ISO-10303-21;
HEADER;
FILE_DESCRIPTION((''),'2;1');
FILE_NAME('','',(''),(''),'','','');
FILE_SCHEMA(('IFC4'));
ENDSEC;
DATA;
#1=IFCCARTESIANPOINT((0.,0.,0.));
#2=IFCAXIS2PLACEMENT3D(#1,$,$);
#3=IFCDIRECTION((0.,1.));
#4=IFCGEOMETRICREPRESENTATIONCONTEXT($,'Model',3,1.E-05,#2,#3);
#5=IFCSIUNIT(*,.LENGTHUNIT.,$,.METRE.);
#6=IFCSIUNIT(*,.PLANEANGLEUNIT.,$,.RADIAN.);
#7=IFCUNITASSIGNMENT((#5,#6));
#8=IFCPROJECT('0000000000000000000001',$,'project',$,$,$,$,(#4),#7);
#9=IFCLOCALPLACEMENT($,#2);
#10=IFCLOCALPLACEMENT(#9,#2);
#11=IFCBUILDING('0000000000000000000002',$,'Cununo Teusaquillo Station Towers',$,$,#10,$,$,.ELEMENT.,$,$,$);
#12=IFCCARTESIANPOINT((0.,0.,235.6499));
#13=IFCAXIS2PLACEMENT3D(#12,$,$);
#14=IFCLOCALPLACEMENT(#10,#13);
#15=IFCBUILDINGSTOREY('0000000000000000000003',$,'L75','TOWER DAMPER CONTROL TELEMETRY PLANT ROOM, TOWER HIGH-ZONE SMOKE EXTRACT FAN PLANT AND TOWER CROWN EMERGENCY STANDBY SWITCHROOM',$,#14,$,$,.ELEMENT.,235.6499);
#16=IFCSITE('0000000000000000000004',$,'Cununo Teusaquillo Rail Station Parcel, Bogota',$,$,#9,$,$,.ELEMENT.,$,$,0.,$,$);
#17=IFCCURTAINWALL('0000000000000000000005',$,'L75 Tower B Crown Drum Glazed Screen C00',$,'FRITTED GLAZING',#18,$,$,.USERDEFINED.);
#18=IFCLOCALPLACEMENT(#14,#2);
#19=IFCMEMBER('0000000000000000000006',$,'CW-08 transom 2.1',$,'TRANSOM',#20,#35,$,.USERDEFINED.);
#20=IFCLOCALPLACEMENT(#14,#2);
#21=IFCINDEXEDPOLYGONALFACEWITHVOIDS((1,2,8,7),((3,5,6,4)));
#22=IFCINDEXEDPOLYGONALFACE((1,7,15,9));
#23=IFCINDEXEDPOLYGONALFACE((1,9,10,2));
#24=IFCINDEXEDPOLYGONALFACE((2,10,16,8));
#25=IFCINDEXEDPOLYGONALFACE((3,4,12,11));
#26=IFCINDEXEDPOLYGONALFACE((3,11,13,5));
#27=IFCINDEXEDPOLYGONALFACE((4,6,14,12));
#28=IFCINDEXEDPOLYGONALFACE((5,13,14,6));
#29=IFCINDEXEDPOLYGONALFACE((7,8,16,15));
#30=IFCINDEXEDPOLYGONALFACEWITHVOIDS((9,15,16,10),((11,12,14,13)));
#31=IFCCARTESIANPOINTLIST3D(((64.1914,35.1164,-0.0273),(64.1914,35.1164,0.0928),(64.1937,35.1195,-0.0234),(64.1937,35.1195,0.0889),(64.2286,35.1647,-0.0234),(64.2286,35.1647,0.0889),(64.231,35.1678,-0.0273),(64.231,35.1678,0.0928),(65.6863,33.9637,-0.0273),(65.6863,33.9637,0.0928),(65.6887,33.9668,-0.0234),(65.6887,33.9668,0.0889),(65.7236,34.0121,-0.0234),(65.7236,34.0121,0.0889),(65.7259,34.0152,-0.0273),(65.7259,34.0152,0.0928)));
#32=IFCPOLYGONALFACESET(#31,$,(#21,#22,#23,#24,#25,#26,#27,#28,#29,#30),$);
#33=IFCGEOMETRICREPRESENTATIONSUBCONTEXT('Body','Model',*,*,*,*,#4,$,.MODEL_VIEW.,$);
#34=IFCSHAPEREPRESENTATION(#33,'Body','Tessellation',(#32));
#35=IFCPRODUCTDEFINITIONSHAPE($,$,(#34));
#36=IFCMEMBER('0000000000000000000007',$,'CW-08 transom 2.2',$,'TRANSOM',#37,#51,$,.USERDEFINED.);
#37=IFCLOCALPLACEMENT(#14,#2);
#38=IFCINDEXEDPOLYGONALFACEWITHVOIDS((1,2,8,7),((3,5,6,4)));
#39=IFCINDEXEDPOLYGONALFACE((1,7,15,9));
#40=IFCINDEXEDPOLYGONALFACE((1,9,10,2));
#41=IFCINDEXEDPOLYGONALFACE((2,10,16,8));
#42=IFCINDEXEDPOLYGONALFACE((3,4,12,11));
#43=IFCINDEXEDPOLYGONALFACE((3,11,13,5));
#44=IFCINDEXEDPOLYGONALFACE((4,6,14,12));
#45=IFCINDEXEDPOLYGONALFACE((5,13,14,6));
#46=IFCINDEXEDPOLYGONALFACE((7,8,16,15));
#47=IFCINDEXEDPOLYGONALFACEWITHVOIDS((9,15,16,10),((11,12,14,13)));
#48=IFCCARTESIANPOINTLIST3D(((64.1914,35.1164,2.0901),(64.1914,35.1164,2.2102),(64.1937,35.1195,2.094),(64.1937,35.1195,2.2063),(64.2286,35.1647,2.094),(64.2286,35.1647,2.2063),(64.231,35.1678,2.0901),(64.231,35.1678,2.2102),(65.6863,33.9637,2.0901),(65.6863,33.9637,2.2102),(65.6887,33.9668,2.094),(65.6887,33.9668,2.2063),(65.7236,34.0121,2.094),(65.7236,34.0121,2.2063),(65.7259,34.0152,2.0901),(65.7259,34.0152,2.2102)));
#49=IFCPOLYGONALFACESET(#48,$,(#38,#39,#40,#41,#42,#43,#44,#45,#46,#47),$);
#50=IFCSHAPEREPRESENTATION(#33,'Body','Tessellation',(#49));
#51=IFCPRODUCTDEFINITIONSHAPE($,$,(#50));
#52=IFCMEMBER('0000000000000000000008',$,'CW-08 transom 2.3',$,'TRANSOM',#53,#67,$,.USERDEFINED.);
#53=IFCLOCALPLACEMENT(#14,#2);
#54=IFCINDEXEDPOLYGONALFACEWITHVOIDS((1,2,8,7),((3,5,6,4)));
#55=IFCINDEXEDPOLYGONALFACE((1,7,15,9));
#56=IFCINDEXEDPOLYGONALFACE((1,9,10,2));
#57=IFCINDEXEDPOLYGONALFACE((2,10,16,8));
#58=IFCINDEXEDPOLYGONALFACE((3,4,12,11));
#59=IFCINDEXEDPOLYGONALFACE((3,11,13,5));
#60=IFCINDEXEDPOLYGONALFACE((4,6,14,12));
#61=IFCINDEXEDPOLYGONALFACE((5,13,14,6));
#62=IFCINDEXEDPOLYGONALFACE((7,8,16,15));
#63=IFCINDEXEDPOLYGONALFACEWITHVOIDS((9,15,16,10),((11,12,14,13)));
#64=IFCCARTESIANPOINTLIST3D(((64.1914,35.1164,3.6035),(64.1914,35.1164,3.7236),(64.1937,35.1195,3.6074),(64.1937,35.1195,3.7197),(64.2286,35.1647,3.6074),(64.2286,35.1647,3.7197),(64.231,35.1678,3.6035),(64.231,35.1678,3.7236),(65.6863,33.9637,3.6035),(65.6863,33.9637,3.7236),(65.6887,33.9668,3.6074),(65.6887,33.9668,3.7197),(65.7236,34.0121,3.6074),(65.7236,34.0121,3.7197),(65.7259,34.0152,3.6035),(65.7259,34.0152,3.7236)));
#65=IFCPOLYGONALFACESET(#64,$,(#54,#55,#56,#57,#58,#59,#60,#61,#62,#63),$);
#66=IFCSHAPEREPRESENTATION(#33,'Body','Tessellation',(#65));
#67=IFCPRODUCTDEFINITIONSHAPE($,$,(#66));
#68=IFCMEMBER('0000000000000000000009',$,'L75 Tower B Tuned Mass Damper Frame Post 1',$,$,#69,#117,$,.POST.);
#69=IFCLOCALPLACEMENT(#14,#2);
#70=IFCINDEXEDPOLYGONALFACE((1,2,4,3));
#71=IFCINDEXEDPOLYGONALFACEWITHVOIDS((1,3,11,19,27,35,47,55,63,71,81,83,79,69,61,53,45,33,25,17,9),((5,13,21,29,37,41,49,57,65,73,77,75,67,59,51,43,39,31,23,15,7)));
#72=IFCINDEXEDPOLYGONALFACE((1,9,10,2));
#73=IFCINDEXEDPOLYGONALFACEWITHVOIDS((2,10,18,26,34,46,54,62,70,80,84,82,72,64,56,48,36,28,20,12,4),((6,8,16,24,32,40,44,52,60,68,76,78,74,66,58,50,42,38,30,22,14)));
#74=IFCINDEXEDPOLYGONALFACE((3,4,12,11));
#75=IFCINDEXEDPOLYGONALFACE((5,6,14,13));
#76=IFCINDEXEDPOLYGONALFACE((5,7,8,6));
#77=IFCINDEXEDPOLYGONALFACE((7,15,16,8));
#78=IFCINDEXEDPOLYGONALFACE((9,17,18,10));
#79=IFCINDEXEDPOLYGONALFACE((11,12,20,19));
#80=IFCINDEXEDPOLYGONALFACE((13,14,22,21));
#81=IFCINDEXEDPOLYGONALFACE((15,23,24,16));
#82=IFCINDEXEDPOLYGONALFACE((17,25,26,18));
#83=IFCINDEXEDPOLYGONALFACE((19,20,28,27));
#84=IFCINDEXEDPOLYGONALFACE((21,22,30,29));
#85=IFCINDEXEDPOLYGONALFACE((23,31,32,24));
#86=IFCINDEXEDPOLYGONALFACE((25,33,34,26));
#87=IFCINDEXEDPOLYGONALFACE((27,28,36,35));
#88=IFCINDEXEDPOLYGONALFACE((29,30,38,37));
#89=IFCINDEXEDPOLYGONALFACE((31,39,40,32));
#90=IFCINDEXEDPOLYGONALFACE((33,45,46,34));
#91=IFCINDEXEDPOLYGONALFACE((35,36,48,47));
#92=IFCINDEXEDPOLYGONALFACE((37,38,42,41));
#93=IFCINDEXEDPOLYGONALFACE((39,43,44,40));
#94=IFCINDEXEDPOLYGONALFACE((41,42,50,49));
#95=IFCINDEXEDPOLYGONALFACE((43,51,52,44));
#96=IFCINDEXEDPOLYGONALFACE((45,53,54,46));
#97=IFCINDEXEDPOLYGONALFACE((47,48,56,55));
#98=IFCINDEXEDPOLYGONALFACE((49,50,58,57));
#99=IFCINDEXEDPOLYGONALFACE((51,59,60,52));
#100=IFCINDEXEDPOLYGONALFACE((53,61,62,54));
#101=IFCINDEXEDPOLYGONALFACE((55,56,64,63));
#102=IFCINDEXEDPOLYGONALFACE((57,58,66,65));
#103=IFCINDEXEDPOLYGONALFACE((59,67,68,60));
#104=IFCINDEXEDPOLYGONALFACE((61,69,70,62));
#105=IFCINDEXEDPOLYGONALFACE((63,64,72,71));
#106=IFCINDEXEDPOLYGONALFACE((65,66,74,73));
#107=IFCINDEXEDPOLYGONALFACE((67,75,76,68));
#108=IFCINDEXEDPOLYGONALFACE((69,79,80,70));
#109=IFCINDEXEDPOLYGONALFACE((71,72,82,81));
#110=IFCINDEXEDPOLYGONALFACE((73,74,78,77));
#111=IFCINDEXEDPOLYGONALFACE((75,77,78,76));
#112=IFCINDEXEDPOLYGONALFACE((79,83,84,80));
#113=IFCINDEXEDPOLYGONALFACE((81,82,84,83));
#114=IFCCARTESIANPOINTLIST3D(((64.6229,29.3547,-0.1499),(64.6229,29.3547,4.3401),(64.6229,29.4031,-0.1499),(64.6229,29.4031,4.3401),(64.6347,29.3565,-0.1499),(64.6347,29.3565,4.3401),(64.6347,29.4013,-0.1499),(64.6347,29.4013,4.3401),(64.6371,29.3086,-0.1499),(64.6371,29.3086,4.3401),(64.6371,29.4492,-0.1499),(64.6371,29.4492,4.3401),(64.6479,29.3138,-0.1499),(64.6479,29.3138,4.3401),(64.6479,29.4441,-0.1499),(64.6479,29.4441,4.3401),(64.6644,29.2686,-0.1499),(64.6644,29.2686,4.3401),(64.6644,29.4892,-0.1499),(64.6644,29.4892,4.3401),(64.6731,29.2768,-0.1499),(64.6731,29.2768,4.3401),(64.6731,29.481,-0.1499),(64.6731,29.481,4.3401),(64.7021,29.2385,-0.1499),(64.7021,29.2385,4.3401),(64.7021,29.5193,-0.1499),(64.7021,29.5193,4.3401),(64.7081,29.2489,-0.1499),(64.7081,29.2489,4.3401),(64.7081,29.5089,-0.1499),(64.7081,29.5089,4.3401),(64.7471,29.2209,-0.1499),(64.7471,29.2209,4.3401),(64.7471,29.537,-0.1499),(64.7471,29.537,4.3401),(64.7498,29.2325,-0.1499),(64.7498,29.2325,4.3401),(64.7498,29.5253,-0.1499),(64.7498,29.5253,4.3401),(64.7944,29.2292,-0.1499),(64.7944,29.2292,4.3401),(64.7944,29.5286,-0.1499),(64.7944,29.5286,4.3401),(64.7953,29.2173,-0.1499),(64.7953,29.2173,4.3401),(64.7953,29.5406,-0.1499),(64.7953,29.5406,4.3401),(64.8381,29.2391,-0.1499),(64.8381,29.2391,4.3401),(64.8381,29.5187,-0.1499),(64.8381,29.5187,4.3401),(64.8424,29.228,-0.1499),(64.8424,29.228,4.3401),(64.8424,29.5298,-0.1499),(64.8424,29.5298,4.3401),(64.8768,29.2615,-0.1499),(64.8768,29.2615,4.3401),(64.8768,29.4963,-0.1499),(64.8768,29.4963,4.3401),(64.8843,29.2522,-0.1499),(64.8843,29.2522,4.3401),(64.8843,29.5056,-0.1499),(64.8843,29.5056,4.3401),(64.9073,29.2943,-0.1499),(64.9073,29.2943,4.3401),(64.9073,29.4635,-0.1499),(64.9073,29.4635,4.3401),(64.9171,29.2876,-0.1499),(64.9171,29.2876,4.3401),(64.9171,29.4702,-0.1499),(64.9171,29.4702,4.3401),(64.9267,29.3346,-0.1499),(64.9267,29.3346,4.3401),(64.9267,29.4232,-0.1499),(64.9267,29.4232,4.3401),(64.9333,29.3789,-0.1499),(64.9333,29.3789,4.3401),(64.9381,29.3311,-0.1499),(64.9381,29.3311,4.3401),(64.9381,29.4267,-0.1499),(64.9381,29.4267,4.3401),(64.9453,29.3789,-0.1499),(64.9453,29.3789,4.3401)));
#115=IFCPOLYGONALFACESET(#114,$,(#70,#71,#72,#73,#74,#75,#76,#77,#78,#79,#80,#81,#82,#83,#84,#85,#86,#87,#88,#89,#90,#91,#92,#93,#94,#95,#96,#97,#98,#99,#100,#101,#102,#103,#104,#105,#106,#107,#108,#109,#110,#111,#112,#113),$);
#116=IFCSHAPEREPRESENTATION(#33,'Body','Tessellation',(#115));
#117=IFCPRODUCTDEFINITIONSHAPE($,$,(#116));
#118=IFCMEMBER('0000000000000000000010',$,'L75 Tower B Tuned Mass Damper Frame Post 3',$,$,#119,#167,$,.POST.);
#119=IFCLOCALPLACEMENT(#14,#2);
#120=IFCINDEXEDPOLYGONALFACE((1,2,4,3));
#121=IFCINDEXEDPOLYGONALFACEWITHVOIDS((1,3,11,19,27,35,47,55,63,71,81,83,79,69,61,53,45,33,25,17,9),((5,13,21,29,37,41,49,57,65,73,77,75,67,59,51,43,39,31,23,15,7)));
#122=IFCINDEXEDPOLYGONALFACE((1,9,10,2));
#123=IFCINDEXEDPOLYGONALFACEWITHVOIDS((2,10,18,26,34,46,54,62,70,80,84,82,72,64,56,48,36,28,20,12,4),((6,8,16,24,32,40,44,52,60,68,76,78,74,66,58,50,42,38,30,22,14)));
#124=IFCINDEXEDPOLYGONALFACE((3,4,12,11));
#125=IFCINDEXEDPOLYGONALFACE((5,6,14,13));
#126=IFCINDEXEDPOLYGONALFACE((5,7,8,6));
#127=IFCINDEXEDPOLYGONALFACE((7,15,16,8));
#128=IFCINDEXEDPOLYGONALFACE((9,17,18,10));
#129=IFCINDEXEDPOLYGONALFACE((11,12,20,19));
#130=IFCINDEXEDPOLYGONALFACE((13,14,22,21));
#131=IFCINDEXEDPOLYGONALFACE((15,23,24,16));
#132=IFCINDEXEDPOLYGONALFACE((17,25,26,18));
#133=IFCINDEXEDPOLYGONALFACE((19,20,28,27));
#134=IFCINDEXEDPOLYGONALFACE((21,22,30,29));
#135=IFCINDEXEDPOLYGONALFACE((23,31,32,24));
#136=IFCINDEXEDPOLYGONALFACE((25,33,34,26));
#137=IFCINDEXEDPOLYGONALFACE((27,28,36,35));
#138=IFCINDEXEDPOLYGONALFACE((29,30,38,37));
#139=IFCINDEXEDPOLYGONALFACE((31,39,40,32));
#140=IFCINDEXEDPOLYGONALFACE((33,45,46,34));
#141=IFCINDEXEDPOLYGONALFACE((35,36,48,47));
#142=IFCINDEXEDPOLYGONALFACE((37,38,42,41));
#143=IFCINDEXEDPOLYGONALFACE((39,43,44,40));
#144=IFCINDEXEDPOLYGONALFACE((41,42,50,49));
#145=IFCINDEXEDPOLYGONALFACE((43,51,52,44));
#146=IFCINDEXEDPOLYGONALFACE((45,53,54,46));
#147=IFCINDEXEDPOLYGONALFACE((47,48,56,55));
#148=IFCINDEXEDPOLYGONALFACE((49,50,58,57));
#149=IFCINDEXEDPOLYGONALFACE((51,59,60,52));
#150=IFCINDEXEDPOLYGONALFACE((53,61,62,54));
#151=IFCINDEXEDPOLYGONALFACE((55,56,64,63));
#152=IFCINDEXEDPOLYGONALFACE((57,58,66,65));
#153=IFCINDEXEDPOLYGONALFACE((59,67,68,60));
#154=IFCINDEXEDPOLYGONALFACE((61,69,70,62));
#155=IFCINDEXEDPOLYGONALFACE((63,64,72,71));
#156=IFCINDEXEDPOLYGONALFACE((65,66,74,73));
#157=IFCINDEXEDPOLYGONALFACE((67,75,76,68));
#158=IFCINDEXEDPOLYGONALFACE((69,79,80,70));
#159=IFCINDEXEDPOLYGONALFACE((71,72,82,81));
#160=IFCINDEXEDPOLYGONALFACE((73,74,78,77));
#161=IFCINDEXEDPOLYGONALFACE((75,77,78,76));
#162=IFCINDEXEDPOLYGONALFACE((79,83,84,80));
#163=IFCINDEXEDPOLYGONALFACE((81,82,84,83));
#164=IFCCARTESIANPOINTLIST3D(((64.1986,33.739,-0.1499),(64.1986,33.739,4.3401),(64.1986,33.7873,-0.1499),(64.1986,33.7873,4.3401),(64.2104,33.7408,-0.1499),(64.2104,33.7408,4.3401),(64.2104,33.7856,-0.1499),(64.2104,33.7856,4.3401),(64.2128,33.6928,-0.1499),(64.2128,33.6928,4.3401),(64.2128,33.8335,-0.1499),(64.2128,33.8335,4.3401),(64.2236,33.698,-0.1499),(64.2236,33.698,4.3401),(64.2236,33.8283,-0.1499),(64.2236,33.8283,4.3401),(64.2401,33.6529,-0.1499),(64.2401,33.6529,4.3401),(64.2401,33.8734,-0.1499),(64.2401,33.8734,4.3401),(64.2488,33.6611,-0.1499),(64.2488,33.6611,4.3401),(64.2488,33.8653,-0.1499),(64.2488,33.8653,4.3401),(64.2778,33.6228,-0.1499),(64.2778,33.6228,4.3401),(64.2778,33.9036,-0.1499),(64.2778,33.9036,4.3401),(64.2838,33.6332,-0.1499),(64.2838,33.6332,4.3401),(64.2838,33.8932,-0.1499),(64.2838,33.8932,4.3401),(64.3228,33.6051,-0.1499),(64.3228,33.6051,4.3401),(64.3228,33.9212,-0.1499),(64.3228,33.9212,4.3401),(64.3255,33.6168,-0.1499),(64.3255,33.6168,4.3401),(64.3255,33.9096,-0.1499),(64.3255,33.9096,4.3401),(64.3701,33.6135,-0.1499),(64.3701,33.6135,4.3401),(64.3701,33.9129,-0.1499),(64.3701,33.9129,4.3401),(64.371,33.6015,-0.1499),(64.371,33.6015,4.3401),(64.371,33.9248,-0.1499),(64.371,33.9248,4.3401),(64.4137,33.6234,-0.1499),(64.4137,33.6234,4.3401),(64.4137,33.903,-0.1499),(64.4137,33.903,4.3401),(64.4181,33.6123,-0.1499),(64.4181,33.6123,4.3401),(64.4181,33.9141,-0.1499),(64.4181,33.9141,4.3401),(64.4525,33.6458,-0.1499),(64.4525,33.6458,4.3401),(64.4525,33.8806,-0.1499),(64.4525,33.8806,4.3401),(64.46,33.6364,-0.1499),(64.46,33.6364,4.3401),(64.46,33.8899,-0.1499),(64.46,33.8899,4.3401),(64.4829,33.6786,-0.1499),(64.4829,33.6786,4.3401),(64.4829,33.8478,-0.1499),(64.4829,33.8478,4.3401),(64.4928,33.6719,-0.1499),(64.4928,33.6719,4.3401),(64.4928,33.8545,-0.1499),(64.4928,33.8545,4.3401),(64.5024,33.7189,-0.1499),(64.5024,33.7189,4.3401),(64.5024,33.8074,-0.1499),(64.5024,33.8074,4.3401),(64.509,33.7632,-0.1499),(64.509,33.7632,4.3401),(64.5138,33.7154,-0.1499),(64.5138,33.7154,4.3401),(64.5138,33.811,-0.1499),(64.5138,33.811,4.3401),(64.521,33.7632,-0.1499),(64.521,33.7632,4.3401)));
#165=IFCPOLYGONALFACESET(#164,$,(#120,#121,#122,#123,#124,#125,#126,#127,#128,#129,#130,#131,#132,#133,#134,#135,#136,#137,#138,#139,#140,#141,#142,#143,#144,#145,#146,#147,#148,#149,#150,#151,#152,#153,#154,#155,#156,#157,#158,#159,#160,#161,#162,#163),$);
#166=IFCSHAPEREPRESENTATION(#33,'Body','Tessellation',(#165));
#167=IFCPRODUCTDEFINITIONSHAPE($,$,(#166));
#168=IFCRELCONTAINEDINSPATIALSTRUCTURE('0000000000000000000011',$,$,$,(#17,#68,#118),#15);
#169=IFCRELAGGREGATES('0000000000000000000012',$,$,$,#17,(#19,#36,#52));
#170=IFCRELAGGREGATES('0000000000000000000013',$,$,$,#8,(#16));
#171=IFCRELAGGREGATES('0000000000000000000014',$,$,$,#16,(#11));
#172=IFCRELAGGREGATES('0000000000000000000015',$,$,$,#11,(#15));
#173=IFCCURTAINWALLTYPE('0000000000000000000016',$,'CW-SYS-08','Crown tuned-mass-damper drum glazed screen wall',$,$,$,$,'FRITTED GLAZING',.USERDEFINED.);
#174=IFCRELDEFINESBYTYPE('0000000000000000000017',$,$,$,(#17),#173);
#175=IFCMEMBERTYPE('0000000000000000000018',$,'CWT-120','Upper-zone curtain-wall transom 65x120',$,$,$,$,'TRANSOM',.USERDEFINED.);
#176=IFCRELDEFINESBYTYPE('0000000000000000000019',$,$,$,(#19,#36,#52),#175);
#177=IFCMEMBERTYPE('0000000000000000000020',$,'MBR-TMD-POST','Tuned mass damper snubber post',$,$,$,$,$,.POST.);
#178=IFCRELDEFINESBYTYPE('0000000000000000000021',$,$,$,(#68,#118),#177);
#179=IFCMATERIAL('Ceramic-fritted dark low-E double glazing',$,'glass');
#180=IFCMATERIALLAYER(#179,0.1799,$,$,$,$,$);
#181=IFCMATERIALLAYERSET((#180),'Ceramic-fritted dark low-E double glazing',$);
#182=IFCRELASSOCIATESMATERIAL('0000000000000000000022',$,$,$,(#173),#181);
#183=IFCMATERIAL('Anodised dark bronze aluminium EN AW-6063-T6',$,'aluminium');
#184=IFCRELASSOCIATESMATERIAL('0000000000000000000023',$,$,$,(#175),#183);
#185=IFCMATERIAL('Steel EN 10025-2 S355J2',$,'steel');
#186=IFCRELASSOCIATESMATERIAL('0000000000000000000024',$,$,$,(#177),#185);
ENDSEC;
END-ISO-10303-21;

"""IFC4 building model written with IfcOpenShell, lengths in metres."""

from ifc_helpers import new_model, si_unit, direction, frame, origin, origin_2d, place, context, subcontext, project, spatial, hollow_rectangle, hollow_circle, extrude, material, layer, layer_set, material_profile, profile_set, type_object, element, aggregate, save


model = new_model("IFC4")

# Units and contexts
model_context = context("Model", 3, precision=1e-05, world=origin(), true_north=direction((0.0, 1.0)))
body_context = subcontext(model_context, "Body", "Model", "MODEL_VIEW")
ifc_project = project(units=[si_unit("LENGTHUNIT", "METRE"), si_unit("PLANEANGLEUNIT", "RADIAN")], contexts=[model_context])

# Site, building, storey
site_placement = place(None, origin())
site = spatial("IfcSite", under=ifc_project, at=site_placement, Name="Cununo Teusaquillo Rail Station Parcel, Bogota", CompositionType="ELEMENT", RefElevation=0.0)
building_placement = place(site_placement, origin())
building = spatial("IfcBuilding", under=site, at=building_placement, Name="Cununo Teusaquillo Station Towers", CompositionType="ELEMENT")
storey_placement = place(building_placement, frame((0.0, 0.0, 235.6499)))
storey = spatial("IfcBuildingStorey", under=building, at=storey_placement, Name="L75", Description="TOWER DAMPER CONTROL TELEMETRY PLANT ROOM, TOWER HIGH-ZONE SMOKE EXTRACT FAN PLANT AND TOWER CROWN EMERGENCY STANDBY SWITCHROOM", CompositionType="ELEMENT", Elevation=235.6499)

# Curtain wall, members
ifc_material_1 = material(Name="Ceramic-fritted dark low-E double glazing", Category="glass")
ifc_layer_1 = layer(ifc_material_1, 0.1799)
ifc_layer_set_1 = layer_set([ifc_layer_1], Name="Ceramic-fritted dark low-E double glazing")
curtain_wall_type = type_object("IfcCurtainWallType", Name="CW-SYS-08", Description="Crown tuned-mass-damper drum glazed screen wall", ElementType="FRITTED GLAZING", PredefinedType="USERDEFINED", material=ifc_layer_set_1)
curtain_wall_placement = place(storey_placement, origin())
curtain_wall = element("IfcCurtainWall", 1, at=curtain_wall_placement, inside=storey, type_object=curtain_wall_type, Name="L75 Tower B Crown Drum Glazed Screen C00", ObjectType="FRITTED GLAZING", PredefinedType="USERDEFINED")
ifc_material_2 = material(Name="Anodised dark bronze aluminium EN AW-6063-T6", Category="aluminium")
ifc_material_profile_1 = material_profile(ifc_material_2, hollow_rectangle(XDim=0.0649, YDim=0.1201, WallThickness=0.0039, at=origin_2d()), Name="CW-TRAN-65x120")
ifc_profile_set_1 = profile_set([ifc_material_profile_1], Name="Anodised dark bronze aluminium EN AW-6063-T6")
member_type_1 = type_object("IfcMemberType", Name="CWT-120", Description="Upper-zone curtain-wall transom 65x120", ElementType="TRANSOM", PredefinedType="USERDEFINED", material=ifc_profile_set_1)
member_1_placement = place(storey_placement, frame((64.2112, 35.1421, 0.0327), z_axis=(0.791936, -0.610604, 0.0), x_axis=(0.610604, 0.791936, 0.0)))
member_1 = element("IfcMember", 2, at=member_1_placement, type_object=member_type_1, Name="CW-08 transom 2.1", ObjectType="TRANSOM", PredefinedType="USERDEFINED", context=body_context, shape_type="SweptSolid", body=[
    extrude(hollow_rectangle(XDim=0.0649, YDim=0.1201, WallThickness=0.0039, at=origin_2d()), origin(), (0.0, 0.0, 1.0), 1.8877),
])
member_2_placement = place(storey_placement, frame((64.2112, 35.1421, 2.1501), z_axis=(0.791936, -0.610604, 0.0), x_axis=(0.610604, 0.791936, 0.0)))
member_2 = element("IfcMember", 3, at=member_2_placement, type_object=member_type_1, Name="CW-08 transom 2.2", ObjectType="TRANSOM", PredefinedType="USERDEFINED", context=body_context, shape_type="SweptSolid", body=[
    extrude(hollow_rectangle(XDim=0.0649, YDim=0.1201, WallThickness=0.0039, at=origin_2d()), origin(), (0.0, 0.0, 1.0), 1.8877),
])
member_3_placement = place(storey_placement, frame((64.2112, 35.1421, 3.6636), z_axis=(0.791936, -0.610604, 0.0), x_axis=(0.610604, 0.791936, 0.0)))
member_3 = element("IfcMember", 4, at=member_3_placement, type_object=member_type_1, Name="CW-08 transom 2.3", ObjectType="TRANSOM", PredefinedType="USERDEFINED", context=body_context, shape_type="SweptSolid", body=[
    extrude(hollow_rectangle(XDim=0.0649, YDim=0.1201, WallThickness=0.0039, at=origin_2d()), origin(), (0.0, 0.0, 1.0), 1.8877),
])

# Members
ifc_material_3 = material(Name="Steel EN 10025-2 S355J2", Category="steel")
ifc_material_profile_2 = material_profile(ifc_material_3, hollow_circle(Radius=0.1621, WallThickness=0.012, at=origin_2d()), Name="CHS 324x12")
ifc_profile_set_2 = profile_set([ifc_material_profile_2], Name="Steel EN 10025-2 S355J2")
member_type_2 = type_object("IfcMemberType", Name="MBR-TMD-POST", Description="Tuned mass damper snubber post", PredefinedType="POST", material=ifc_profile_set_2)
for number, where, z_axis, x_axis, name in (
    (5, (64.7832, 29.3789, -0.1499), (0.0, 0.0, 1.0), (1.0, 0.0, 0.0), "L75 Tower B Tuned Mass Damper Frame Post 1"),
    (6, (64.3589, 33.7632, -0.1499), (0.0, 0.0, 1.0), (1.0, 0.0, 0.0), "L75 Tower B Tuned Mass Damper Frame Post 3"),
):
    element("IfcMember", number, at=place(storey_placement, frame(where, z_axis=z_axis, x_axis=x_axis)), inside=storey, type_object=member_type_2, Name=name, PredefinedType="POST", context=body_context, shape_type="SweptSolid", body=[
        extrude(hollow_circle(Radius=0.1621, WallThickness=0.012, at=origin_2d()), origin(), (0.0, 0.0, 1.0), 4.49),
    ])

aggregate(curtain_wall, [member_1, member_2, member_3])

save(model, "model.ifc")
